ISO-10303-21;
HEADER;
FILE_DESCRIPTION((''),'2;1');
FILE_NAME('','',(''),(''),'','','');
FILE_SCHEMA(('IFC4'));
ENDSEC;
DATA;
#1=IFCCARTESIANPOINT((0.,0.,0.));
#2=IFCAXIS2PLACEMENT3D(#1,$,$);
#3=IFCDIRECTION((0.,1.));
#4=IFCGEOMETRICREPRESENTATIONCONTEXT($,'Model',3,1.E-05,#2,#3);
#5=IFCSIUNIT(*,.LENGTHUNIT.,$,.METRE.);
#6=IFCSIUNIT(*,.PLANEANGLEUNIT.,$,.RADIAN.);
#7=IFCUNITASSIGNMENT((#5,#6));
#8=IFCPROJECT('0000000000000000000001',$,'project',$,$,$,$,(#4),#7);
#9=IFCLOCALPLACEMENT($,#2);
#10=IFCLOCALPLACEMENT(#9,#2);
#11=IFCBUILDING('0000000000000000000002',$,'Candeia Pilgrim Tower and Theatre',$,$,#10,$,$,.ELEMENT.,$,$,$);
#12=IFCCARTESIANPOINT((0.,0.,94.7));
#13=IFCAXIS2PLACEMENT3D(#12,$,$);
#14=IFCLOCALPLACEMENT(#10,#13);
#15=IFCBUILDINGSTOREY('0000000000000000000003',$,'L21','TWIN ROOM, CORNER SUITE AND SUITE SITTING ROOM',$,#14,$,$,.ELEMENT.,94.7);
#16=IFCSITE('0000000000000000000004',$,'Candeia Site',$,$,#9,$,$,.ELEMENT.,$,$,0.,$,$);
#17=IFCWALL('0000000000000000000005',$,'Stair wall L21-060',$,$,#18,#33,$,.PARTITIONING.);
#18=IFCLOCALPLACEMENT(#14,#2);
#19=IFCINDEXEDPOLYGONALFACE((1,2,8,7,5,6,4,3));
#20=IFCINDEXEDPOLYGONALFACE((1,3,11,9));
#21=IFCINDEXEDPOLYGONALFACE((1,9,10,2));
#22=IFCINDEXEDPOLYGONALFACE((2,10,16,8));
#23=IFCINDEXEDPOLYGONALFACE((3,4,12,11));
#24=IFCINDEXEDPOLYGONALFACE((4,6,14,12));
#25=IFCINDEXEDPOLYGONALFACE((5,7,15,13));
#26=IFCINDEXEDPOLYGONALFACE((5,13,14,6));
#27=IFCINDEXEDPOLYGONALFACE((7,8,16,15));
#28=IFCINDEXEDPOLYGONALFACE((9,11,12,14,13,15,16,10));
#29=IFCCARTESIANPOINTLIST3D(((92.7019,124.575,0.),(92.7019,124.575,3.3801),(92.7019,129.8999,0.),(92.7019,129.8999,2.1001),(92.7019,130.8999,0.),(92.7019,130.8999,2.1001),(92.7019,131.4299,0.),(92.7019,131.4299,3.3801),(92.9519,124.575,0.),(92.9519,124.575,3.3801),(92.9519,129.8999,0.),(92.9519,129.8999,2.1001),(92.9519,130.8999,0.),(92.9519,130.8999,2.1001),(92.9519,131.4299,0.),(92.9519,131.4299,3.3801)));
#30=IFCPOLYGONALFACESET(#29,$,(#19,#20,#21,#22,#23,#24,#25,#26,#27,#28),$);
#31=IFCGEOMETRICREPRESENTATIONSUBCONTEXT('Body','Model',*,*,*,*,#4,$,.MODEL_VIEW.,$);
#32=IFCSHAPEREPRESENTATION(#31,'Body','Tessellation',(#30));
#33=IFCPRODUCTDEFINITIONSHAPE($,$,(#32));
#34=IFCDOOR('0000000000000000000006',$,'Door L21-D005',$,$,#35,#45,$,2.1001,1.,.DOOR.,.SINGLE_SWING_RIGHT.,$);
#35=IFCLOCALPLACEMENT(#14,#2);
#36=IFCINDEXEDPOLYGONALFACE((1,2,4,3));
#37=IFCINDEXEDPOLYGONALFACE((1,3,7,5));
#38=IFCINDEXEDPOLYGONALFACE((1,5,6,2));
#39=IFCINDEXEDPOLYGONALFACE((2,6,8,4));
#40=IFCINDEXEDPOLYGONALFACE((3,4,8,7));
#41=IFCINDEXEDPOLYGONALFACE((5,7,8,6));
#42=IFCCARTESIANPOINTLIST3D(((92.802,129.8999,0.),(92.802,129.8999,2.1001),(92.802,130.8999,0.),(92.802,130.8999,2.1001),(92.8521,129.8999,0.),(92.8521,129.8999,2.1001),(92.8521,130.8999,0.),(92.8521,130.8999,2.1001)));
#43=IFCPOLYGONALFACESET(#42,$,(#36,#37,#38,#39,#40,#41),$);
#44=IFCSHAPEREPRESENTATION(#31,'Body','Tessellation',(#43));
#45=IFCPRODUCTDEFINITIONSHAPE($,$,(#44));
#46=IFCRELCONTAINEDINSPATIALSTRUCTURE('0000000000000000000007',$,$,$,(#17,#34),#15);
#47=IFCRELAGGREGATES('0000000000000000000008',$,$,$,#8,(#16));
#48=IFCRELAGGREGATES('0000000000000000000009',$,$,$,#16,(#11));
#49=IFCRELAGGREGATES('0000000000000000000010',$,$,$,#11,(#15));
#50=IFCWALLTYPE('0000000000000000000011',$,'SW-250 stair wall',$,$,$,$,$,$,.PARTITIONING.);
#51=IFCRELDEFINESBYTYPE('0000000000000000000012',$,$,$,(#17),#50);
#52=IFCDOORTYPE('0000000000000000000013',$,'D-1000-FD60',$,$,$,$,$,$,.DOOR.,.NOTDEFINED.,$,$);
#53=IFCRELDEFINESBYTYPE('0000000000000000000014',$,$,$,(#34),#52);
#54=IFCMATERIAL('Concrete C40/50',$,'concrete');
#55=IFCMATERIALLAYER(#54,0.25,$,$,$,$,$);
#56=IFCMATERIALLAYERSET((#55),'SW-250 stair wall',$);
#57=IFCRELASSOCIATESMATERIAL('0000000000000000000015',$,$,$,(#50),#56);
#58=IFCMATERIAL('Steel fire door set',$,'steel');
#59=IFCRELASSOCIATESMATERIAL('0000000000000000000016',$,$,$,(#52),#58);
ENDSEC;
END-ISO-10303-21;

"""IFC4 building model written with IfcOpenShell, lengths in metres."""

from ifc_helpers import new_model, si_unit, direction, frame, frame_2d, origin, place, context, subcontext, project, spatial, rectangle, extrude, material, layer, layer_set, type_object, element, fill, save


model = new_model("IFC4")

# Units and contexts
model_context = context("Model", 3, precision=1e-05, world=origin(), true_north=direction((0.0, 1.0)))
body_context = subcontext(model_context, "Body", "Model", "MODEL_VIEW")
ifc_project = project(units=[si_unit("LENGTHUNIT", "METRE"), si_unit("PLANEANGLEUNIT", "RADIAN")], contexts=[model_context])

# Site, building, storey
site_placement = place(None, origin())
site = spatial("IfcSite", under=ifc_project, at=site_placement, Name="Candeia Site", CompositionType="ELEMENT", RefElevation=0.0)
building_placement = place(site_placement, origin())
building = spatial("IfcBuilding", under=site, at=building_placement, Name="Candeia Pilgrim Tower and Theatre", CompositionType="ELEMENT")
storey_placement = place(building_placement, frame((0.0, 0.0, 94.7)))
storey = spatial("IfcBuildingStorey", under=building, at=storey_placement, Name="L21", Description="TWIN ROOM, CORNER SUITE AND SUITE SITTING ROOM", CompositionType="ELEMENT", Elevation=94.7)

# Shared definitions
ifc_material_1 = material(Name="Steel fire door set", Category="steel")

# Shared definitions
ifc_material_2 = material(Name="Concrete C40/50", Category="concrete")

# Wall, opening, door
ifc_layer_1 = layer(ifc_material_2, 0.25)
ifc_layer_set_1 = layer_set([ifc_layer_1], Name="SW-250 stair wall")
wall_type_1 = type_object("IfcWallType", Name="SW-250 stair wall", PredefinedType="PARTITIONING", material=ifc_layer_set_1)
wall_1_placement = place(storey_placement, frame((92.8269, 124.575, 0.0), z_axis=(0.0, 0.0, 1.0), x_axis=(0.0, 1.0, 0.0)))
wall_1 = element("IfcWall", 1, at=wall_1_placement, inside=storey, type_object=wall_type_1, Name="Stair wall L21-060", PredefinedType="PARTITIONING", context=body_context, shape_type="SweptSolid", body=[
    extrude(rectangle(XDim=6.855, YDim=0.25, at=frame_2d((3.4275, 0.0))), origin(), (0.0, 0.0, 1.0), 3.3801),
])
opening_1_placement = place(wall_1_placement, frame((5.325, 0.0, 0.0)))
opening_1 = element("IfcOpeningElement", 2, at=opening_1_placement, cuts=wall_1, PredefinedType="OPENING", context=body_context, shape_type="SweptSolid", body=[
    extrude(rectangle(XDim=1.0, YDim=2.1001, at=frame_2d((0.5, 1.05))), frame((0.0, 0.135, 0.0), z_axis=(0.0, -1.0, 0.0), x_axis=(1.0, 0.0, 0.0)), (0.0, 0.0, 1.0), 0.27),
])
door_type_1 = type_object("IfcDoorType", Name="D-1000-FD60", OperationType="NOTDEFINED", PredefinedType="DOOR", material=ifc_material_1)
door_1_placement = place(opening_1_placement, origin())
door_1 = element("IfcDoor", 3, at=door_1_placement, inside=storey, type_object=door_type_1, Name="Door L21-D005", OperationType="SINGLE_SWING_RIGHT", OverallHeight=2.1001, OverallWidth=1.0, PredefinedType="DOOR", context=body_context, shape_type="SweptSolid", body=[
    extrude(rectangle(XDim=1.0, YDim=2.1001, at=frame_2d((0.5, 1.05))), frame((0.0, 0.0249, 0.0), z_axis=(0.0, -1.0, 0.0), x_axis=(1.0, 0.0, 0.0)), (0.0, 0.0, 1.0), 0.05),
])
fill(opening_1, door_1)

save(model, "model.ifc")
